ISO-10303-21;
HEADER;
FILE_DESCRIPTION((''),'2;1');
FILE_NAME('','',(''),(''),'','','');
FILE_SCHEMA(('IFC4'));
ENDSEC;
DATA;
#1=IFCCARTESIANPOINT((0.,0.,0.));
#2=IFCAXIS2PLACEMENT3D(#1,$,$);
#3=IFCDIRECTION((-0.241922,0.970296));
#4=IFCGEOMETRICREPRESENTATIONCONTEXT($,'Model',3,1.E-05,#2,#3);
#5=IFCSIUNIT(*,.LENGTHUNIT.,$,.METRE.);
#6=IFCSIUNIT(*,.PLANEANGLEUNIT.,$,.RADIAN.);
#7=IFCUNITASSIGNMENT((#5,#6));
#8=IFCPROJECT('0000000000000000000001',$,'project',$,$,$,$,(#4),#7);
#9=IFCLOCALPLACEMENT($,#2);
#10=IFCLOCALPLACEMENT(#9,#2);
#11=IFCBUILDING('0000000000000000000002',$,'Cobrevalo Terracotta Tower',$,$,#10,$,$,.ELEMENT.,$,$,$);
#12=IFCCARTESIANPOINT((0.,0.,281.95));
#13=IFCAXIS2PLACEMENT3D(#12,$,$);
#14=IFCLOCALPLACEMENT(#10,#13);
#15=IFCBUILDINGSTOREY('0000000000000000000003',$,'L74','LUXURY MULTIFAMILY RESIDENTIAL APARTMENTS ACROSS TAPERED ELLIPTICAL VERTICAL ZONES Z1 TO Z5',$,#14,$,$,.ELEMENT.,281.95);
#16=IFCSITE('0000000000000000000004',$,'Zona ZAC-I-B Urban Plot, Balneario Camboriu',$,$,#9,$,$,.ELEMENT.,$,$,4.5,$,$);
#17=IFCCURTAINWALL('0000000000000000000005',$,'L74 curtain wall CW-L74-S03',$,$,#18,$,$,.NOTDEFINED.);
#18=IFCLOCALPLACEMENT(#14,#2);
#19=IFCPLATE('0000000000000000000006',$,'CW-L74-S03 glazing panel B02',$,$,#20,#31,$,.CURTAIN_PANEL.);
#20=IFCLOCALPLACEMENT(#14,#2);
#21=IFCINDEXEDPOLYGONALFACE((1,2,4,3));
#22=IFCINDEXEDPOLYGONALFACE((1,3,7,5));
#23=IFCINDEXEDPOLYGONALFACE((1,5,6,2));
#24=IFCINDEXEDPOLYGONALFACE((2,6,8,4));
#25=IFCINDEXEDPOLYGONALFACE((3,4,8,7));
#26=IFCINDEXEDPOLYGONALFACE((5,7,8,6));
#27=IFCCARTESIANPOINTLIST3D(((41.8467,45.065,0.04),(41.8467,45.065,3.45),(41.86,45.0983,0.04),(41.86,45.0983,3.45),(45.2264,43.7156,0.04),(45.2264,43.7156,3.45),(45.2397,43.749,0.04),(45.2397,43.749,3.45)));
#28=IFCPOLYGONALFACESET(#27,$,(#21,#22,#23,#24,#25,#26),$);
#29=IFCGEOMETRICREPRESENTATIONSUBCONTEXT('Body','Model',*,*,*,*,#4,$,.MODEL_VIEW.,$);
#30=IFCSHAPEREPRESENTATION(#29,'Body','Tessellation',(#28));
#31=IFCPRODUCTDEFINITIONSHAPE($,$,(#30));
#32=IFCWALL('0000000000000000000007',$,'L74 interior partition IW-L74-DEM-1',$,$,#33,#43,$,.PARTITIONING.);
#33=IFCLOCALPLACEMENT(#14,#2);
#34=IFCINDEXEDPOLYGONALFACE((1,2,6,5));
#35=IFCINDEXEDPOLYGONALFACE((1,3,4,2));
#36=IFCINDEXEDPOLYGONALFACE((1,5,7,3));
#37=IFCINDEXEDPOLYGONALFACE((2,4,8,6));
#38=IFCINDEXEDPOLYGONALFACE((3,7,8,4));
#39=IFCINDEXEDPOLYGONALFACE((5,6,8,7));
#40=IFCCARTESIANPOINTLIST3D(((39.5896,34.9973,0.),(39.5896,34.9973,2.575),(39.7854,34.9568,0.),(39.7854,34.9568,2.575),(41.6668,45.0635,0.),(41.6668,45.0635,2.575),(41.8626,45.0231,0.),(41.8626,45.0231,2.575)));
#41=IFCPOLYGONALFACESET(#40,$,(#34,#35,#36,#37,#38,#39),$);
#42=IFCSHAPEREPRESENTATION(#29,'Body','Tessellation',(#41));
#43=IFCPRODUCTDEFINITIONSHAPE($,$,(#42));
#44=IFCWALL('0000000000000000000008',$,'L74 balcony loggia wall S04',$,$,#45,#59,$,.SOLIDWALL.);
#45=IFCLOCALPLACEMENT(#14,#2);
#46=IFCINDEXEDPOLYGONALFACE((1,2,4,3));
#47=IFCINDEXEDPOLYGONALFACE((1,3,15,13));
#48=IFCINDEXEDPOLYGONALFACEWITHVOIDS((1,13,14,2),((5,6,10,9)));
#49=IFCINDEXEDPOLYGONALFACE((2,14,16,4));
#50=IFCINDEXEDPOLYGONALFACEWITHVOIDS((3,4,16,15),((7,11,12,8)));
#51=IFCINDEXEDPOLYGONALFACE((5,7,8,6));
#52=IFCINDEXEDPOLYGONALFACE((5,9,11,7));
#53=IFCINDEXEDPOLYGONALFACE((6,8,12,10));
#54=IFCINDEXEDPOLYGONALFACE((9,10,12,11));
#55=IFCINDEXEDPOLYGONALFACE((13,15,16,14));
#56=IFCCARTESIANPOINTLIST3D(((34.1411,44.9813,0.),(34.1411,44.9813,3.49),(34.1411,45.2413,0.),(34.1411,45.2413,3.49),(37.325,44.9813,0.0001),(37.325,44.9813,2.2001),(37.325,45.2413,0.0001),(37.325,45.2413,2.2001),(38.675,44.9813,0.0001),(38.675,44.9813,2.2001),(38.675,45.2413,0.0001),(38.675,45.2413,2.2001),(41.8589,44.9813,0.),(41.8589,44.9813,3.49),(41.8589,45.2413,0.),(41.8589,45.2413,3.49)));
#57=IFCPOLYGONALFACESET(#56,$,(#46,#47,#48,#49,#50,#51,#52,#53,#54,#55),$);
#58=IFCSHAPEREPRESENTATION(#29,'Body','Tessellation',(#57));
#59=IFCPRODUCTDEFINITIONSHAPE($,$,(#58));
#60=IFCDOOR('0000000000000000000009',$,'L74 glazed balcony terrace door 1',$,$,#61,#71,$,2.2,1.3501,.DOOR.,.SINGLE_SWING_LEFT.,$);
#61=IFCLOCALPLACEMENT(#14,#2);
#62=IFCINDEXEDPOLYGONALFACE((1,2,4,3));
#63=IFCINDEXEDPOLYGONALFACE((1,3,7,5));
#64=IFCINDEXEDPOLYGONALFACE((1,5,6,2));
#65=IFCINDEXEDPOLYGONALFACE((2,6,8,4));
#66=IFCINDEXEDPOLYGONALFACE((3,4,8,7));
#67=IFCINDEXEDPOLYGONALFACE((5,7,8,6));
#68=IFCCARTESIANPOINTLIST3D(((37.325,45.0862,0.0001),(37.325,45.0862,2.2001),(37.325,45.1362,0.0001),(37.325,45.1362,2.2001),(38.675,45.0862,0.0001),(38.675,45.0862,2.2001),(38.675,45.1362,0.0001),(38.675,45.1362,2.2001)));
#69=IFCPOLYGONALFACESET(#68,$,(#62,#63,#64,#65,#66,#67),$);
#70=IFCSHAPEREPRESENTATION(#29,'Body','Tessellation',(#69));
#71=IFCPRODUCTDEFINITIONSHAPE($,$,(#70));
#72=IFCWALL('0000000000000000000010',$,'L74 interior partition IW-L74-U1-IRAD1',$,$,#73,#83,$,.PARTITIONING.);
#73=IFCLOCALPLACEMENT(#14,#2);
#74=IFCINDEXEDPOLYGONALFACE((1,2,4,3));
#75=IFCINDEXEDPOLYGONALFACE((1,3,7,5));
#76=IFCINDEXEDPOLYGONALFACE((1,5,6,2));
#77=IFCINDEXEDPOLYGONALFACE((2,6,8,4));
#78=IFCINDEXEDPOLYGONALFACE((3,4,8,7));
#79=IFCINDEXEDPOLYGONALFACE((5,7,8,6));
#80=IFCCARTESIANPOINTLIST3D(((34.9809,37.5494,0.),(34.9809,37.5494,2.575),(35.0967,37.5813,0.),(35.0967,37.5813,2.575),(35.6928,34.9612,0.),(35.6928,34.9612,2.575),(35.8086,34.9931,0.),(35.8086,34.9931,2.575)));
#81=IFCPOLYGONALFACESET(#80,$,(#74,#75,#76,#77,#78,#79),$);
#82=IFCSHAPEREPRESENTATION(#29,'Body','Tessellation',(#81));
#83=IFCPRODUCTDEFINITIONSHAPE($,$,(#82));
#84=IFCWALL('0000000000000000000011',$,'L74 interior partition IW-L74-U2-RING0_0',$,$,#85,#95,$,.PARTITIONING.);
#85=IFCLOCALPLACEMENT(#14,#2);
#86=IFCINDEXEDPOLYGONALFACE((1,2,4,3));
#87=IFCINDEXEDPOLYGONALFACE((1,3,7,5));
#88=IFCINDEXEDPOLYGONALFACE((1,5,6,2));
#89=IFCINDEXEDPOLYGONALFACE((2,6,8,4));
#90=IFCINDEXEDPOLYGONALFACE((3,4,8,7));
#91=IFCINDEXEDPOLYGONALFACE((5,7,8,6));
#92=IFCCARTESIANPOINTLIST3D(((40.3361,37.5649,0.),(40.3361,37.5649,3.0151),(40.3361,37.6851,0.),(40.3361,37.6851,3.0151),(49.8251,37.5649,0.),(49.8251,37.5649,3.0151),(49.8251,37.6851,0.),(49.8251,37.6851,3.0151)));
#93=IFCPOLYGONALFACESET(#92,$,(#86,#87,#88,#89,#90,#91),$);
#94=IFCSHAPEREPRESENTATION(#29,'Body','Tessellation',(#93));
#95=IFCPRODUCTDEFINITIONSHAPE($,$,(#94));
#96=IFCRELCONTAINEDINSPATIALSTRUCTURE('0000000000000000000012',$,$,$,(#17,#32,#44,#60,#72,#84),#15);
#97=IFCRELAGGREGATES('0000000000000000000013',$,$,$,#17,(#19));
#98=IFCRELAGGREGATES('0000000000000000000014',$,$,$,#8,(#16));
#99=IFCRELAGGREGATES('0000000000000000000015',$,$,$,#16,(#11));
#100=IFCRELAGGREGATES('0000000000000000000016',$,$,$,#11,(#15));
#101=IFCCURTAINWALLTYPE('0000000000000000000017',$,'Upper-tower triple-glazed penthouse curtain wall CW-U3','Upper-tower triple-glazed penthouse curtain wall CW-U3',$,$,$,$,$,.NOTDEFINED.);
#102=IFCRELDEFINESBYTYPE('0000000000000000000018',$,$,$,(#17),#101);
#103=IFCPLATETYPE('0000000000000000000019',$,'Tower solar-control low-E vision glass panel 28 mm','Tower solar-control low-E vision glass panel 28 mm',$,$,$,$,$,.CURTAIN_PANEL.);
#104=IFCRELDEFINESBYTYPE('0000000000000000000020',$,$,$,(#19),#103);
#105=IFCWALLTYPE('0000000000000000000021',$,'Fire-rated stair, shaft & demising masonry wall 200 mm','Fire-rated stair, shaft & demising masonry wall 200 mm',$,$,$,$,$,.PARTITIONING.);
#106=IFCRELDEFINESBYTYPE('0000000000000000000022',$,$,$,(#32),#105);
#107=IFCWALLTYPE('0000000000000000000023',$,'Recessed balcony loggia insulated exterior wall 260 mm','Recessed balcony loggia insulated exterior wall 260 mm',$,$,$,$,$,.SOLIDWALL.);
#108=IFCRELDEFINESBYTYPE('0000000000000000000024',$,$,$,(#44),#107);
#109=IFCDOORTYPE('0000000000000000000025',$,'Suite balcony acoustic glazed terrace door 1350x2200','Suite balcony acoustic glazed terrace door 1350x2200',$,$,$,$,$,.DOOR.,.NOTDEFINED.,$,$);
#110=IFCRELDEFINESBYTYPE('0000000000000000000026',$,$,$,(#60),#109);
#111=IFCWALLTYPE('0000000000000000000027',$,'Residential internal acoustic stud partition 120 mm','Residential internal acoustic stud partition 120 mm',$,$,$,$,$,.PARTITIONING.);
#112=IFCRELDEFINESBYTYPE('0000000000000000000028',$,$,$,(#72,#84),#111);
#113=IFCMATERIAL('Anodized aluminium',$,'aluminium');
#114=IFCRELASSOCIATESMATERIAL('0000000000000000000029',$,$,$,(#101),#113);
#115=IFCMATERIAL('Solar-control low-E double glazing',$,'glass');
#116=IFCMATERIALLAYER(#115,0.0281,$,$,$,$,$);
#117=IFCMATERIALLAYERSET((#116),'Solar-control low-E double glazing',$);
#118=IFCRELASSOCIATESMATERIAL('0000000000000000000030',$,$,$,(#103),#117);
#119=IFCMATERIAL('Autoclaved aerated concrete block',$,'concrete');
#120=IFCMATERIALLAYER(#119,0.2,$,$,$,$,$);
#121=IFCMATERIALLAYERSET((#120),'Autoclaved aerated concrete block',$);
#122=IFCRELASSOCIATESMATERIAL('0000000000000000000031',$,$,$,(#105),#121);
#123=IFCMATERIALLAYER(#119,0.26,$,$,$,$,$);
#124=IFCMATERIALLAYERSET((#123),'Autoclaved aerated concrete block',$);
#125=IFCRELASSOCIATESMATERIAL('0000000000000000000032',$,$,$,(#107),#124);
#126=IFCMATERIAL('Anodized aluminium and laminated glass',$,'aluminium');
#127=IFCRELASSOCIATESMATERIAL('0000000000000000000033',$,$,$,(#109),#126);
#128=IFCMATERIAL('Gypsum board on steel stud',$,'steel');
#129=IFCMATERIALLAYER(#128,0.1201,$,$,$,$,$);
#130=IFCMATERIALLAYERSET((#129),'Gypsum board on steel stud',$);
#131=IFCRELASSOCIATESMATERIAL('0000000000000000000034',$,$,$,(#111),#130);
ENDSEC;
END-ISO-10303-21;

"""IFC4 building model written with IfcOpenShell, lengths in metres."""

from ifc_helpers import new_model, si_unit, direction, frame, frame_2d, origin, origin_2d, place, context, subcontext, project, spatial, rectangle, extrude, source, transform, mapped, material, layer, layer_set, type_object, element, fill, aggregate, save


model = new_model("IFC4")

# Units and contexts
model_context = context("Model", 3, precision=1e-05, world=origin(), true_north=direction((-0.241922, 0.970296)))
body_context = subcontext(model_context, "Body", "Model", "MODEL_VIEW")
ifc_project = project(units=[si_unit("LENGTHUNIT", "METRE"), si_unit("PLANEANGLEUNIT", "RADIAN")], contexts=[model_context])

# Site, building, storey
site_placement = place(None, origin())
site = spatial("IfcSite", under=ifc_project, at=site_placement, Name="Zona ZAC-I-B Urban Plot, Balneario Camboriu", CompositionType="ELEMENT", RefElevation=4.5)
building_placement = place(site_placement, origin())
building = spatial("IfcBuilding", under=site, at=building_placement, Name="Cobrevalo Terracotta Tower", CompositionType="ELEMENT")
storey_placement = place(building_placement, frame((0.0, 0.0, 281.95)))
storey = spatial("IfcBuildingStorey", under=building, at=storey_placement, Name="L74", Description="LUXURY MULTIFAMILY RESIDENTIAL APARTMENTS ACROSS TAPERED ELLIPTICAL VERTICAL ZONES Z1 TO Z5", CompositionType="ELEMENT", Elevation=281.95)

# Curtain wall, plate
ifc_material_1 = material(Name="Anodized aluminium", Category="aluminium")
curtain_wall_type = type_object("IfcCurtainWallType", Name="Upper-tower triple-glazed penthouse curtain wall CW-U3", Description="Upper-tower triple-glazed penthouse curtain wall CW-U3", PredefinedType="NOTDEFINED", material=ifc_material_1)
curtain_wall_placement = place(storey_placement, origin())
curtain_wall = element("IfcCurtainWall", 1, at=curtain_wall_placement, inside=storey, type_object=curtain_wall_type, Name="L74 curtain wall CW-L74-S03", PredefinedType="NOTDEFINED")
ifc_material_2 = material(Name="Solar-control low-E double glazing", Category="glass")
ifc_layer_1 = layer(ifc_material_2, 0.0281)
ifc_layer_set_1 = layer_set([ifc_layer_1], Name="Solar-control low-E double glazing")
plate_type = type_object("IfcPlateType", Name="Tower solar-control low-E vision glass panel 28 mm", Description="Tower solar-control low-E vision glass panel 28 mm", PredefinedType="CURTAIN_PANEL", material=ifc_layer_set_1)
shared_shape_1 = source(origin(), body_context, "Body", "SweptSolid", [
    extrude(rectangle(XDim=3.6392, YDim=0.0359, at=origin_2d()), origin(), (0.0, 0.0, 1.0), 3.4099),
])
plate_1_placement = place(storey_placement, frame((43.5432, 44.407, 0.04), z_axis=(0.0, 0.0, 1.0), x_axis=(-0.928718, 0.370786, 0.0)))
plate_1 = element("IfcPlate", 2, at=plate_1_placement, type_object=plate_type, Name="CW-L74-S03 glazing panel B02", PredefinedType="CURTAIN_PANEL", context=body_context, shape_type="MappedRepresentation", body=[
    mapped(shared_shape_1, transform((0.0, 0.0, 0.0), scale=1.0)),
])
aggregate(curtain_wall, [plate_1])

# Wall
ifc_material_3 = material(Name="Autoclaved aerated concrete block", Category="concrete")
ifc_layer_2 = layer(ifc_material_3, 0.2)
ifc_layer_set_2 = layer_set([ifc_layer_2], Name="Autoclaved aerated concrete block")
wall_type_1 = type_object("IfcWallType", Name="Fire-rated stair, shaft & demising masonry wall 200 mm", Description="Fire-rated stair, shaft & demising masonry wall 200 mm", PredefinedType="PARTITIONING", material=ifc_layer_set_2)
wall_1_placement = place(storey_placement, frame((39.6875, 34.9771, 0.0), z_axis=(0.0, 0.0, 1.0), x_axis=(0.202092, 0.979367, 0.0)))
element("IfcWall", 3, at=wall_1_placement, inside=storey, type_object=wall_type_1, Name="L74 interior partition IW-L74-DEM-1", PredefinedType="PARTITIONING", context=body_context, shape_type="SweptSolid", body=[
    extrude(rectangle(XDim=10.2783, YDim=0.2, at=frame_2d((5.1392, 0.0))), origin(), (0.0, 0.0, 1.0), 2.575),
])

# Wall, opening, door
ifc_layer_3 = layer(ifc_material_3, 0.26)
ifc_layer_set_3 = layer_set([ifc_layer_3], Name="Autoclaved aerated concrete block")
wall_type_2 = type_object("IfcWallType", Name="Recessed balcony loggia insulated exterior wall 260 mm", Description="Recessed balcony loggia insulated exterior wall 260 mm", PredefinedType="SOLIDWALL", material=ifc_layer_set_3)
wall_2_placement = place(storey_placement, frame((41.8589, 45.1113, 0.0), z_axis=(0.0, 0.0, 1.0), x_axis=(-1.0, 0.0, 0.0)))
wall_2 = element("IfcWall", 4, at=wall_2_placement, inside=storey, type_object=wall_type_2, Name="L74 balcony loggia wall S04", PredefinedType="SOLIDWALL", context=body_context, shape_type="SweptSolid", body=[
    extrude(rectangle(XDim=7.7178, YDim=0.26, at=frame_2d((3.8589, 0.0))), origin(), (0.0, 0.0, 1.0), 3.49),
])
opening_placement = place(wall_2_placement, frame((3.1838, 0.0, 0.0)))
opening = element("IfcOpeningElement", 5, at=opening_placement, cuts=wall_2, PredefinedType="OPENING", context=body_context, shape_type="SweptSolid", body=[
    extrude(rectangle(XDim=1.3501, YDim=2.2, at=frame_2d((0.675, 1.1001))), frame((0.0, 0.1401, 0.0), z_axis=(0.0, -1.0, 0.0), x_axis=(1.0, 0.0, 0.0)), (0.0, 0.0, 1.0), 0.28),
])
ifc_material_4 = material(Name="Anodized aluminium and laminated glass", Category="aluminium")
door_type = type_object("IfcDoorType", Name="Suite balcony acoustic glazed terrace door 1350x2200", Description="Suite balcony acoustic glazed terrace door 1350x2200", OperationType="NOTDEFINED", PredefinedType="DOOR", material=ifc_material_4)
shared_shape_2 = source(origin(), body_context, "Body", "SweptSolid", [
    extrude(rectangle(XDim=1.3501, YDim=2.2, at=frame_2d((0.675, 1.1001))), frame((0.0, 0.0249, 0.0), z_axis=(0.0, -1.0, 0.0), x_axis=(1.0, 0.0, 0.0)), (0.0, 0.0, 1.0), 0.05),
])
door_placement = place(opening_placement, frame((1.3501, 0.0, 0.0), z_axis=(0.0, 0.0, 1.0), x_axis=(-1.0, 0.0, 0.0)))
door = element("IfcDoor", 6, at=door_placement, inside=storey, type_object=door_type, Name="L74 glazed balcony terrace door 1", OperationType="SINGLE_SWING_LEFT", OverallHeight=2.2, OverallWidth=1.3501, PredefinedType="DOOR", context=body_context, shape_type="MappedRepresentation", body=[
    mapped(shared_shape_2, transform((0.0, 0.0, 0.0), scale=1.0)),
])
fill(opening, door)

# Walls
ifc_material_5 = material(Name="Gypsum board on steel stud", Category="steel")
ifc_layer_4 = layer(ifc_material_5, 0.1201)
ifc_layer_set_4 = layer_set([ifc_layer_4], Name="Gypsum board on steel stud")
wall_type_3 = type_object("IfcWallType", Name="Residential internal acoustic stud partition 120 mm", Description="Residential internal acoustic stud partition 120 mm", PredefinedType="PARTITIONING", material=ifc_layer_set_4)
wall_3_placement = place(storey_placement, frame((35.7507, 34.9771, 0.0), z_axis=(0.0, 0.0, 1.0), x_axis=(-0.265218, 0.964189, 0.0)))
element("IfcWall", 7, at=wall_3_placement, inside=storey, type_object=wall_type_3, Name="L74 interior partition IW-L74-U1-IRAD1", PredefinedType="PARTITIONING", context=body_context, shape_type="SweptSolid", body=[
    extrude(rectangle(XDim=2.6843, YDim=0.1201, at=frame_2d((1.3423, 0.0))), origin(), (0.0, 0.0, 1.0), 2.575),
])
wall_4_placement = place(storey_placement, frame((40.3359, 37.625, 0.0), z_axis=(0.0, 0.0, 1.0), x_axis=(1.0, 0.0, 0.0)))
element("IfcWall", 8, at=wall_4_placement, inside=storey, type_object=wall_type_3, Name="L74 interior partition IW-L74-U2-RING0_0", PredefinedType="PARTITIONING", context=body_context, shape_type="SweptSolid", body=[
    extrude(rectangle(XDim=9.489, YDim=0.1201, at=frame_2d((4.7446, 0.0))), origin(), (0.0, 0.0, 1.0), 3.0151),
])

save(model, "model.ifc")
